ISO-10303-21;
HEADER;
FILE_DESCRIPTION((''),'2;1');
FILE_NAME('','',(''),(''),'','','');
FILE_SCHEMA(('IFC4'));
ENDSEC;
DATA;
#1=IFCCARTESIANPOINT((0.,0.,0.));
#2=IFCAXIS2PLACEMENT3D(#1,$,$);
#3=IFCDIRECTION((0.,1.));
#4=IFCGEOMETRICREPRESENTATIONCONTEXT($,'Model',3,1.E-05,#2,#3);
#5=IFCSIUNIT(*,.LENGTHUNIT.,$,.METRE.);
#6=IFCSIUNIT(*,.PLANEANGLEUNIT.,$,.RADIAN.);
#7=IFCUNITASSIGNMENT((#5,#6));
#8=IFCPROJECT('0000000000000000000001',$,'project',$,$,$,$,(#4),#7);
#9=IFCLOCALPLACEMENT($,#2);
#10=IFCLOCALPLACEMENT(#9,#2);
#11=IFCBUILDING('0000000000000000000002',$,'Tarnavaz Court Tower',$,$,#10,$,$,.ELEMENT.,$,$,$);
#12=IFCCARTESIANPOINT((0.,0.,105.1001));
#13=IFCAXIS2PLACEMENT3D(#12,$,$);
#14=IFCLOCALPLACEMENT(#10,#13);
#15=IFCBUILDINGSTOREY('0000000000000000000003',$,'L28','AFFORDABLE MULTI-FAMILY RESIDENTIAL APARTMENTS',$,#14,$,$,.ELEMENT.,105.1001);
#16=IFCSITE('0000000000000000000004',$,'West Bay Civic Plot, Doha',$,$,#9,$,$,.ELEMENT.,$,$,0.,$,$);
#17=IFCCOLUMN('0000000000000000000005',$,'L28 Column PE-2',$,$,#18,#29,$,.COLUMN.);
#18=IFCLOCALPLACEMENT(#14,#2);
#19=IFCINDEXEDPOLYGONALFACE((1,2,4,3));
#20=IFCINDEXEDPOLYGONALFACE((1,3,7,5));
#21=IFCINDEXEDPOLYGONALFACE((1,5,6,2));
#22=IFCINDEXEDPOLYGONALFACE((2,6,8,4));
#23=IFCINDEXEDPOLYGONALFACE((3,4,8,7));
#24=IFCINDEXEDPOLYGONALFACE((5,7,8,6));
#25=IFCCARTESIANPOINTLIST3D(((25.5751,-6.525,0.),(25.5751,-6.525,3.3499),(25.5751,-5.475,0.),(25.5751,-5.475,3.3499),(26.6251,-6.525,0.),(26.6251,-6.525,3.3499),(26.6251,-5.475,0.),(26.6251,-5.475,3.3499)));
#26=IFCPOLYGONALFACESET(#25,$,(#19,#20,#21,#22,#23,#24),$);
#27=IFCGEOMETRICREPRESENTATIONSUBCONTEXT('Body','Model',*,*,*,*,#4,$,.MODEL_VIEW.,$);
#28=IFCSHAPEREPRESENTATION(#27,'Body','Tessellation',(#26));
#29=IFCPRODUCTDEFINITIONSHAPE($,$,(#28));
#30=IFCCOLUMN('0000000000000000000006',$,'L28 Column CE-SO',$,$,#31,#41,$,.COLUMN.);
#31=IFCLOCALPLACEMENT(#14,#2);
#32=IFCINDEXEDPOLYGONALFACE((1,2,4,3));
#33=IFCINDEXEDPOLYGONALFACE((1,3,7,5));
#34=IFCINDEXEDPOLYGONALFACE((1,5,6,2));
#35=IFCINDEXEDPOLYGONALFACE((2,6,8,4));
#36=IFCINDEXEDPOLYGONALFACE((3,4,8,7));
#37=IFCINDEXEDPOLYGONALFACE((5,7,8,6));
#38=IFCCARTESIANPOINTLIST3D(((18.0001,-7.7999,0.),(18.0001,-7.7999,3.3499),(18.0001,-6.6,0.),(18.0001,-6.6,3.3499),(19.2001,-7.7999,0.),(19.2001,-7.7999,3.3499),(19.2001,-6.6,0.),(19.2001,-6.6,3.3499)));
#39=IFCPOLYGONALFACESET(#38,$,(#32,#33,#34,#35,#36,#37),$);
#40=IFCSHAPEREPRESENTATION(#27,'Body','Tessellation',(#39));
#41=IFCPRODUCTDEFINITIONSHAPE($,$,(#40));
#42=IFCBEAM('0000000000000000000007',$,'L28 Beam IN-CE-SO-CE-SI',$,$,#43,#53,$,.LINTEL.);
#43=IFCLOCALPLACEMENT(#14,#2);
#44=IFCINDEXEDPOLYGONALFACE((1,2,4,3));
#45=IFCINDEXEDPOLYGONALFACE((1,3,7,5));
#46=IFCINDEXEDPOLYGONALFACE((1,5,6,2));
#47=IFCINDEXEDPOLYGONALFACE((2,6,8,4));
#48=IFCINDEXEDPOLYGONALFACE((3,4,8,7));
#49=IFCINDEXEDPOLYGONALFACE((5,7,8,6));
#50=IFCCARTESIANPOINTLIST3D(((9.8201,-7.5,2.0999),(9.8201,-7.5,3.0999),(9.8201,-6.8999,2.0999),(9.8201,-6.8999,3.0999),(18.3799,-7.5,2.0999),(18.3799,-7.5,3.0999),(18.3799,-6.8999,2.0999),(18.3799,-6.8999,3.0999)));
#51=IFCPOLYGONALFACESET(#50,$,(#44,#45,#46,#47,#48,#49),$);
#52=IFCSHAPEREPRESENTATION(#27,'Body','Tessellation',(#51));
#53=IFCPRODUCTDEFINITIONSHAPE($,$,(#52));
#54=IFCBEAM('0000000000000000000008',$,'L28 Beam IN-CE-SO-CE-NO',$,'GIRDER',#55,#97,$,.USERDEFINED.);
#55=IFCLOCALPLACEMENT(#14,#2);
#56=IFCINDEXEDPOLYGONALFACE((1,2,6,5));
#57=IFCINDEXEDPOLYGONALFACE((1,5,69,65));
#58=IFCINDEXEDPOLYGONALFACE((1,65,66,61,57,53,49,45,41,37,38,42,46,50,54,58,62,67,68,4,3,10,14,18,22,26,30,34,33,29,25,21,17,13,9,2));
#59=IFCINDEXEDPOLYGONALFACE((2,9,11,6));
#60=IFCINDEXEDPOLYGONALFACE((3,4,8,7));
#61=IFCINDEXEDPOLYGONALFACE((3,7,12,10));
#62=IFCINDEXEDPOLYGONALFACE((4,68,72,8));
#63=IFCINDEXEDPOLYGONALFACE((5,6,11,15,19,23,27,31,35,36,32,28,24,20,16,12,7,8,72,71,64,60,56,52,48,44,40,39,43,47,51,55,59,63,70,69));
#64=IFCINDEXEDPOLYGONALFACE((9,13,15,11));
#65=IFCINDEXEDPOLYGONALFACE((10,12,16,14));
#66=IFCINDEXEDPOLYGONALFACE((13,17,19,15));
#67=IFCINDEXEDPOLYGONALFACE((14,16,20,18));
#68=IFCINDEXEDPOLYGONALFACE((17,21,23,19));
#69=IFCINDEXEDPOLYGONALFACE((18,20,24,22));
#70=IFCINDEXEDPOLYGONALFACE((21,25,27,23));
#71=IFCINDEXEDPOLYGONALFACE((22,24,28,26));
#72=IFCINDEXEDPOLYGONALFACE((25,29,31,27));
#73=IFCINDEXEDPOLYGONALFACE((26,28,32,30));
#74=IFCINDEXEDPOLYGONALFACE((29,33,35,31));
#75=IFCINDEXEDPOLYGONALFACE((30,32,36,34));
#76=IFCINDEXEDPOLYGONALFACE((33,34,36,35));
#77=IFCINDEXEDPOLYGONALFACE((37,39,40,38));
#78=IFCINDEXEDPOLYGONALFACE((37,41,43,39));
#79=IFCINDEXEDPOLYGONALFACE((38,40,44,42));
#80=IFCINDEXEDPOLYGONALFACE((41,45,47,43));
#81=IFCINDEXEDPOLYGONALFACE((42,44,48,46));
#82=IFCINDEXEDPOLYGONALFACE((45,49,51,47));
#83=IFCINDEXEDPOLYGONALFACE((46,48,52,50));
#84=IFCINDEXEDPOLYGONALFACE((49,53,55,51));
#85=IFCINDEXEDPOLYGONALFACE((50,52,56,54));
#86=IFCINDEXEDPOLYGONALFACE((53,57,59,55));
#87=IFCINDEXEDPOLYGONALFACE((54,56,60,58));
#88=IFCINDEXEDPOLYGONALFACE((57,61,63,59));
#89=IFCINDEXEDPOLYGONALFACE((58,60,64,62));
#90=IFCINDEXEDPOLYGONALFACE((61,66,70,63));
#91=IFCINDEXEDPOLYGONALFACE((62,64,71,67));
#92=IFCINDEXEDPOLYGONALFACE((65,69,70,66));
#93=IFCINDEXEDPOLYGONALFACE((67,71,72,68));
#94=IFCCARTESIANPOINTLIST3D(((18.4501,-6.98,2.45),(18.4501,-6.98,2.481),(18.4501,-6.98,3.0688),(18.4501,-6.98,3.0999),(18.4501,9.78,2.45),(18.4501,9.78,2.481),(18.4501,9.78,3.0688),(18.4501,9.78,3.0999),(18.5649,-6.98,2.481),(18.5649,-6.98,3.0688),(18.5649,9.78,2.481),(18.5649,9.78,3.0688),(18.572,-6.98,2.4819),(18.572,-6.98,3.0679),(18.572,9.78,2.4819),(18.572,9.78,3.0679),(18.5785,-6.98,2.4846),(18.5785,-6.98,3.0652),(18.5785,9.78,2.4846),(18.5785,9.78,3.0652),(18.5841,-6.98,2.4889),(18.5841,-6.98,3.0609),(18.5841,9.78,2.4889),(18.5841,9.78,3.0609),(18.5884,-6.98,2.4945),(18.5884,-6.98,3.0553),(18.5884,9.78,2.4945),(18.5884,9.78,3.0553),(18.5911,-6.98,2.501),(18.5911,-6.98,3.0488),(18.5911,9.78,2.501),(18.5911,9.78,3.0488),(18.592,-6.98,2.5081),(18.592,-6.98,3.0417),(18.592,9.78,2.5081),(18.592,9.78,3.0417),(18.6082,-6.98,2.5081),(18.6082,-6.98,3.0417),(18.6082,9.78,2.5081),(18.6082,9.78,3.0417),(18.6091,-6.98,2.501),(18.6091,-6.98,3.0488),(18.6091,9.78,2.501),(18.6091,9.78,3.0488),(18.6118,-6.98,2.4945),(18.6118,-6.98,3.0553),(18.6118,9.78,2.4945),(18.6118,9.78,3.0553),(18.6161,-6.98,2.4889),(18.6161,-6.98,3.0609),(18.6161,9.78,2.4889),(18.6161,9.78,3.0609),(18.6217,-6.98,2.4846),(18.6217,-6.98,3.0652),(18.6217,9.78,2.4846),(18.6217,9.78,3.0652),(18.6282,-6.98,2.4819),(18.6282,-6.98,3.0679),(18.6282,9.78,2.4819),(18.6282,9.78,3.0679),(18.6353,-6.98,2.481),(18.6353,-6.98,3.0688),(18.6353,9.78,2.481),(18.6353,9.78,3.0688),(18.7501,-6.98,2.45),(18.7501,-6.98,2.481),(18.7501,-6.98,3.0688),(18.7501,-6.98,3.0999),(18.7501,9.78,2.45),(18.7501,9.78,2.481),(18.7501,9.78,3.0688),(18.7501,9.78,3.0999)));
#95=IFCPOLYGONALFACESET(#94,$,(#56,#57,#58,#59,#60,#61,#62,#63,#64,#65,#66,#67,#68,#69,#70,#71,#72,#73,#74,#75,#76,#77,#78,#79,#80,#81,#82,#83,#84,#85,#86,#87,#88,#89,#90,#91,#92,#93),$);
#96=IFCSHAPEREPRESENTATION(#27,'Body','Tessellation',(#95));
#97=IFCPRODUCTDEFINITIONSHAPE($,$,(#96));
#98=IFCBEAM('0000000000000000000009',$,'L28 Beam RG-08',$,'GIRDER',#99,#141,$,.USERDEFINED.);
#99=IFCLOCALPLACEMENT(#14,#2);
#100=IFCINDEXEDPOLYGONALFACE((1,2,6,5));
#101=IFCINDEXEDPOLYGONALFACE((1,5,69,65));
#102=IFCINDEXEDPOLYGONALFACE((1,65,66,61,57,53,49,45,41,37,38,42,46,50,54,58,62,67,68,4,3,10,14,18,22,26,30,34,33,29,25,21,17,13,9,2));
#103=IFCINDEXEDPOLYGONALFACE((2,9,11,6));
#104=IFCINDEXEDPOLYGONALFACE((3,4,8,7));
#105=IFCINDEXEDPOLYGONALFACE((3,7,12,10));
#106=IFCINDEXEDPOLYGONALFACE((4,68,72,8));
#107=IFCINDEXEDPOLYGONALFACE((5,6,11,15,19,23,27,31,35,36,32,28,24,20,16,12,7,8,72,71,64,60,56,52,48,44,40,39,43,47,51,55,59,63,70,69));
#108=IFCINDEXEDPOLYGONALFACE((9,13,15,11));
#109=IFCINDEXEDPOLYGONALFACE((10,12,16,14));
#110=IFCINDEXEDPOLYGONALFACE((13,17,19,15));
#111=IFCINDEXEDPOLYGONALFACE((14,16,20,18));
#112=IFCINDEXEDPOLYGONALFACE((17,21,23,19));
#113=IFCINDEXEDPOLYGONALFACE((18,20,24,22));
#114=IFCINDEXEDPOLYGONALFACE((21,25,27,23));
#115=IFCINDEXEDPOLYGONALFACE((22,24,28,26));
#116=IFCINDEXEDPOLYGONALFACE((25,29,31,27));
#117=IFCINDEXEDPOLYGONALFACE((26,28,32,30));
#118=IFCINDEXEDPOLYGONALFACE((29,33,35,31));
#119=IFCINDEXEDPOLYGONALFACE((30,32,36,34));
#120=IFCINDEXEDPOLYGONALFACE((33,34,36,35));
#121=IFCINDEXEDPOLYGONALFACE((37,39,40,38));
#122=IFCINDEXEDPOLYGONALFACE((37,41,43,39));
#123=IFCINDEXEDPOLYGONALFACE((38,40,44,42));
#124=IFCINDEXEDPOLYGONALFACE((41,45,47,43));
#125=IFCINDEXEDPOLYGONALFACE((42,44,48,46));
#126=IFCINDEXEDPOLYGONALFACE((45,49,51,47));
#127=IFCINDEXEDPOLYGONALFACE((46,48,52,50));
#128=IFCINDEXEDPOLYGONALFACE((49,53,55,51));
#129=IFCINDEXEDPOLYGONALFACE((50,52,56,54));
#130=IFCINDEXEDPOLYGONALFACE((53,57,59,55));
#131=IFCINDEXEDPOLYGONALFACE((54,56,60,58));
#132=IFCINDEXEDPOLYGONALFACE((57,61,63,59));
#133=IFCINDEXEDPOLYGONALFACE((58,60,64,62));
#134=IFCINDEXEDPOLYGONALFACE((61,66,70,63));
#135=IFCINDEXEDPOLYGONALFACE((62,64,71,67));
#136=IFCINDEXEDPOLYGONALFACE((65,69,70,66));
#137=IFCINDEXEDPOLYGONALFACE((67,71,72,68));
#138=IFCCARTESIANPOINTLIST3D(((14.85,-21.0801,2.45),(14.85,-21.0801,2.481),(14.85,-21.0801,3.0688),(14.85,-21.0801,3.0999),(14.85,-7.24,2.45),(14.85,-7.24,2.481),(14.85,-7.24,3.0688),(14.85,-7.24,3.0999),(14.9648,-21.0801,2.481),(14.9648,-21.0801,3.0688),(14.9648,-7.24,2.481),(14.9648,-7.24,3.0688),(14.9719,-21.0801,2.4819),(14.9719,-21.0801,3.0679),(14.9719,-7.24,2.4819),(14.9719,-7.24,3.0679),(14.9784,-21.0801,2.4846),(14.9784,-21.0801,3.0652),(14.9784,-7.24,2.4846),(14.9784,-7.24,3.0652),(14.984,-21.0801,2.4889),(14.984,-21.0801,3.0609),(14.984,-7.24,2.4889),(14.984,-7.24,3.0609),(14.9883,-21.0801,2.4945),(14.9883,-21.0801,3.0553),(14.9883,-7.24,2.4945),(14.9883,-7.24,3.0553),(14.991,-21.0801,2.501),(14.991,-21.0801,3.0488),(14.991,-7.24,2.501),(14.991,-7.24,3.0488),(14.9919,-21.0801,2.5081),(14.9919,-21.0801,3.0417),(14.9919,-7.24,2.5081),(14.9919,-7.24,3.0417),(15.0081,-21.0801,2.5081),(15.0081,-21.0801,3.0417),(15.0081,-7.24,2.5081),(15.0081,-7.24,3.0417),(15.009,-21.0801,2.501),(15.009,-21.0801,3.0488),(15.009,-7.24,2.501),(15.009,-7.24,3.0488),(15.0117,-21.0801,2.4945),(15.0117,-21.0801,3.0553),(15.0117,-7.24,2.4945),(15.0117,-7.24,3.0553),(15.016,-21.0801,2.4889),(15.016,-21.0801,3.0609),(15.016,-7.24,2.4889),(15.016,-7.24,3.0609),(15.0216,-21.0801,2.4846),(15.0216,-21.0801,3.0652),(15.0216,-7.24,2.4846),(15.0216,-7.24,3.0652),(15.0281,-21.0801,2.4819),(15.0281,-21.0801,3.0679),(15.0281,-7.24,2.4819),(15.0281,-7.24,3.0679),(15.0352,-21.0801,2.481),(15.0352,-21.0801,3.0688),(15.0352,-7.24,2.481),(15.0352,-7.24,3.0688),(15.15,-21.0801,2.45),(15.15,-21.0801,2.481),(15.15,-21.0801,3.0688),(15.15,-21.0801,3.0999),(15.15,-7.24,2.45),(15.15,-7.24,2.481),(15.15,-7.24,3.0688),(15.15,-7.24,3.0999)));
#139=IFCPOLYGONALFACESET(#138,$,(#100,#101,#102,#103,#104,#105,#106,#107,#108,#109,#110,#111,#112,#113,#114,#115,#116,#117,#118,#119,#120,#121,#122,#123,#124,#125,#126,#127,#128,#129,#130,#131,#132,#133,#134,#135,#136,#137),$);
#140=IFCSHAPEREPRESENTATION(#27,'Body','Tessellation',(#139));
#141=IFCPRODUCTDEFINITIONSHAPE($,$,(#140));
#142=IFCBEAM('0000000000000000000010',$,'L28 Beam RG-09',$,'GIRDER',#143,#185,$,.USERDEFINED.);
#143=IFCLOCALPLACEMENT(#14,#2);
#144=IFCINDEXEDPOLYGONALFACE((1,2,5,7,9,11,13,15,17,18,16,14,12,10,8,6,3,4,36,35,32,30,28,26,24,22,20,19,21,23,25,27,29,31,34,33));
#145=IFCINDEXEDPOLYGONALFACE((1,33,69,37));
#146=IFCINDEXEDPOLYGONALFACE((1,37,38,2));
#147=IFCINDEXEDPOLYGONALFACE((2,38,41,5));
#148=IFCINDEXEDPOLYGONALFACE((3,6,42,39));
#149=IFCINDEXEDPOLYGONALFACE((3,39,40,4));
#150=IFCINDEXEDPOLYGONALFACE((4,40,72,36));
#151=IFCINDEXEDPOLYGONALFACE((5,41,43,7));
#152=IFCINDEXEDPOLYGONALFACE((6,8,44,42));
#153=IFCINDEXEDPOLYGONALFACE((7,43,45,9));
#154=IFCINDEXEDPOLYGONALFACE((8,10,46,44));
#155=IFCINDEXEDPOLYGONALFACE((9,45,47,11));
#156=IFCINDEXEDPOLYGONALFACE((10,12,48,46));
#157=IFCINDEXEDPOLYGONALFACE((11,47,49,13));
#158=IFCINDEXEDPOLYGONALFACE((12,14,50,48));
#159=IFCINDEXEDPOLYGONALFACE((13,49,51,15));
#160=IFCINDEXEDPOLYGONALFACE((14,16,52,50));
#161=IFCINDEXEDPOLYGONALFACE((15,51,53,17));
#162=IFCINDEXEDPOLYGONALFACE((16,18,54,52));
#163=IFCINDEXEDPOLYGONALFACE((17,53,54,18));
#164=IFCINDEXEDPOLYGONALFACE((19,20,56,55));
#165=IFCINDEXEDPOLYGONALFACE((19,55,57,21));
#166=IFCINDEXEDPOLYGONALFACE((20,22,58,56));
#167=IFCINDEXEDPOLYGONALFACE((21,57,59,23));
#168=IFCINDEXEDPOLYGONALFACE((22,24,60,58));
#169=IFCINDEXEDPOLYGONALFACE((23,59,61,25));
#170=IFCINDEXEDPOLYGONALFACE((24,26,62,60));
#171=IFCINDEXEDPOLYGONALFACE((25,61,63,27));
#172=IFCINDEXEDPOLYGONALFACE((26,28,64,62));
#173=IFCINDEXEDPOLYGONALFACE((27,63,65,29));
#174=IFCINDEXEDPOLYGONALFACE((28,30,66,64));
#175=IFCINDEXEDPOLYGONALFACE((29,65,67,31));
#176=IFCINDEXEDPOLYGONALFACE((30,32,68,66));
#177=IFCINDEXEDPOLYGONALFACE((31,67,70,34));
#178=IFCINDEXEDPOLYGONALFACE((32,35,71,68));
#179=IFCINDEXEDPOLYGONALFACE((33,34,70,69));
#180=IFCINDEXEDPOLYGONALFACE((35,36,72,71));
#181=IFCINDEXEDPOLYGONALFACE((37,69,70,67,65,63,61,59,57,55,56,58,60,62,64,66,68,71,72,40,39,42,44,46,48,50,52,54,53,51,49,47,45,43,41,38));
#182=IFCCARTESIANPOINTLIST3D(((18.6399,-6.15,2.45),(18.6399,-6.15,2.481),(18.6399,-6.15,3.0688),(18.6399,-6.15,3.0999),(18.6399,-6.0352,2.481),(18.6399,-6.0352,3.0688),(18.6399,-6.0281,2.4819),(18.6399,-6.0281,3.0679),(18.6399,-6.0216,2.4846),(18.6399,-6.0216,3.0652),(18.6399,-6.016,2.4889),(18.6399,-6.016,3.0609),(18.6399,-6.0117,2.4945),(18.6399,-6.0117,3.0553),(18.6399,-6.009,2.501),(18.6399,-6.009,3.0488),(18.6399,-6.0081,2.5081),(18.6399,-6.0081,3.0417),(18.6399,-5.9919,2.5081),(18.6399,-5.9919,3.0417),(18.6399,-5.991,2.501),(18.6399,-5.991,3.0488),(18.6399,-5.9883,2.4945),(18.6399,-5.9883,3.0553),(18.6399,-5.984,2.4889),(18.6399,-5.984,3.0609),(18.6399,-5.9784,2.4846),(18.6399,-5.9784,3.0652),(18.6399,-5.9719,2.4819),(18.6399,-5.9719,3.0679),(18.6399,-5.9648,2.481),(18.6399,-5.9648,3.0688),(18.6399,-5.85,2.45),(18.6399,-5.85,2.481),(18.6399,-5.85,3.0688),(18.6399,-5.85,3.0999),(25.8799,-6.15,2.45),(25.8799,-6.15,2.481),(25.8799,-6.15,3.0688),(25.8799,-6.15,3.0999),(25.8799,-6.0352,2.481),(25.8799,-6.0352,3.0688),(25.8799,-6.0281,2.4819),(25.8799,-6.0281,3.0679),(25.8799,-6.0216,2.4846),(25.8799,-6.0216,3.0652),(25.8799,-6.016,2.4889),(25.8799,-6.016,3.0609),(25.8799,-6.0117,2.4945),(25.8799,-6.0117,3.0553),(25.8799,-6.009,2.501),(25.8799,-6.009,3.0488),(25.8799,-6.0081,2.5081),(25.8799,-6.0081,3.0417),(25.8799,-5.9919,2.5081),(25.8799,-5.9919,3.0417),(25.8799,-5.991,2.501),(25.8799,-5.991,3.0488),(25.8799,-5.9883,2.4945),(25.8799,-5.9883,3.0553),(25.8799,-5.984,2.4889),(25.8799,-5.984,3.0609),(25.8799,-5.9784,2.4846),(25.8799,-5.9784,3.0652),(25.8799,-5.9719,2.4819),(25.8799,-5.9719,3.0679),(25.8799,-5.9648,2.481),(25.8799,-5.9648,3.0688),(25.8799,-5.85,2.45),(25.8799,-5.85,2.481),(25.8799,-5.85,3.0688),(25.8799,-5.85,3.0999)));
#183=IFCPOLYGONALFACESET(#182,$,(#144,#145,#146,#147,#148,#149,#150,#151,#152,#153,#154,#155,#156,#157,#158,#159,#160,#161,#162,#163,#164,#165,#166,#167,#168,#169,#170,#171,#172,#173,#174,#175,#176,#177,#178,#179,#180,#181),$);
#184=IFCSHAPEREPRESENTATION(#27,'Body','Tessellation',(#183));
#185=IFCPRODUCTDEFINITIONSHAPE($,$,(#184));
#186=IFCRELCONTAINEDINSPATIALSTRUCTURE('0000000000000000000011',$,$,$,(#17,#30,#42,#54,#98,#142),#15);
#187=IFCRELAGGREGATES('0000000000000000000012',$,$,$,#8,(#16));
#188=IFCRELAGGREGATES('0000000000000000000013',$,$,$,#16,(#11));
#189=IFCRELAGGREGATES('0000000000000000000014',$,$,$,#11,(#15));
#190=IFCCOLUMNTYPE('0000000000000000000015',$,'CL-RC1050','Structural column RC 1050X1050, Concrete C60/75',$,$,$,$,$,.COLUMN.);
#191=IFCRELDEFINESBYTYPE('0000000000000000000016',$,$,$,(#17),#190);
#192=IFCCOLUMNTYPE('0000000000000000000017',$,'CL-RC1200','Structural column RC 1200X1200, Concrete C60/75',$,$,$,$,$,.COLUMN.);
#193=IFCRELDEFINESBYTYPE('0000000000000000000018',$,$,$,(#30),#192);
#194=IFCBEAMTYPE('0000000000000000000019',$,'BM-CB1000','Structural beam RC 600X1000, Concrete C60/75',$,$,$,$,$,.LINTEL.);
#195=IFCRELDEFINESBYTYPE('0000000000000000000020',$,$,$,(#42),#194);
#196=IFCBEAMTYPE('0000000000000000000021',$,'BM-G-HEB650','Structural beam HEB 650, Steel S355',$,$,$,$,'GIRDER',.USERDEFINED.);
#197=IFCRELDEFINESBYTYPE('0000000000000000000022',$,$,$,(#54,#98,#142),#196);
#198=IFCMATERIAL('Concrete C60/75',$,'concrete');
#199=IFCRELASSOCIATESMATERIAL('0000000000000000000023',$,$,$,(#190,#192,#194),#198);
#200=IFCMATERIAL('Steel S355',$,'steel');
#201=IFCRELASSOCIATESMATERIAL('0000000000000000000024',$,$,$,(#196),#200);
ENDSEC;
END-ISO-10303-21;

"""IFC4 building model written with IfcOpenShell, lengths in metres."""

from ifc_helpers import new_model, si_unit, direction, frame, origin, origin_2d, place, context, subcontext, project, spatial, rectangle, i_section, extrude, material, material_profile, profile_set, type_object, element, save


model = new_model("IFC4")

# Units and contexts
model_context = context("Model", 3, precision=1e-05, world=origin(), true_north=direction((0.0, 1.0)))
body_context = subcontext(model_context, "Body", "Model", "MODEL_VIEW")
ifc_project = project(units=[si_unit("LENGTHUNIT", "METRE"), si_unit("PLANEANGLEUNIT", "RADIAN")], contexts=[model_context])

# Site, building, storey
site_placement = place(None, origin())
site = spatial("IfcSite", under=ifc_project, at=site_placement, Name="West Bay Civic Plot, Doha", CompositionType="ELEMENT", RefElevation=0.0)
building_placement = place(site_placement, origin())
building = spatial("IfcBuilding", under=site, at=building_placement, Name="Tarnavaz Court Tower", CompositionType="ELEMENT")
storey_placement = place(building_placement, frame((0.0, 0.0, 105.1001)))
storey = spatial("IfcBuildingStorey", under=building, at=storey_placement, Name="L28", Description="AFFORDABLE MULTI-FAMILY RESIDENTIAL APARTMENTS", CompositionType="ELEMENT", Elevation=105.1001)

# Columns
ifc_material_1 = material(Name="Concrete C60/75", Category="concrete")
ifc_material_profile_1 = material_profile(ifc_material_1, rectangle(XDim=1.05, YDim=1.05, at=origin_2d()), Name="RC 1050X1050")
ifc_profile_set_1 = profile_set([ifc_material_profile_1], Name="Concrete C60/75")
column_type_1 = type_object("IfcColumnType", Name="CL-RC1050", Description="Structural column RC 1050X1050, Concrete C60/75", PredefinedType="COLUMN", material=ifc_profile_set_1)
column_1_placement = place(storey_placement, frame((26.1001, -6.0, 0.0), z_axis=(0.0, 0.0, 1.0), x_axis=(1.0, 0.0, 0.0)))
element("IfcColumn", 1, at=column_1_placement, inside=storey, type_object=column_type_1, Name="L28 Column PE-2", PredefinedType="COLUMN", context=body_context, shape_type="SweptSolid", body=[
    extrude(rectangle(XDim=1.05, YDim=1.05, at=origin_2d()), origin(), (0.0, 0.0, 1.0), 3.3499),
])
ifc_material_profile_2 = material_profile(ifc_material_1, rectangle(XDim=1.2, YDim=1.2, at=origin_2d()), Name="RC 1200X1200")
ifc_profile_set_2 = profile_set([ifc_material_profile_2], Name="Concrete C60/75")
column_type_2 = type_object("IfcColumnType", Name="CL-RC1200", Description="Structural column RC 1200X1200, Concrete C60/75", PredefinedType="COLUMN", material=ifc_profile_set_2)
column_2_placement = place(storey_placement, frame((18.6001, -7.2, 0.0), z_axis=(0.0, 0.0, 1.0), x_axis=(1.0, 0.0, 0.0)))
element("IfcColumn", 2, at=column_2_placement, inside=storey, type_object=column_type_2, Name="L28 Column CE-SO", PredefinedType="COLUMN", context=body_context, shape_type="SweptSolid", body=[
    extrude(rectangle(XDim=1.2, YDim=1.2, at=origin_2d()), origin(), (0.0, 0.0, 1.0), 3.3499),
])

# Beams
ifc_material_profile_3 = material_profile(ifc_material_1, rectangle(XDim=0.6001, YDim=1.0, at=origin_2d()), Name="RC 600X1000")
ifc_profile_set_3 = profile_set([ifc_material_profile_3], Name="Concrete C60/75")
beam_type_1 = type_object("IfcBeamType", Name="BM-CB1000", Description="Structural beam RC 600X1000, Concrete C60/75", PredefinedType="LINTEL", material=ifc_profile_set_3)
beam_1_placement = place(storey_placement, frame((18.3799, -7.2, 2.5999), z_axis=(-1.0, 0.0, 0.0), x_axis=(0.0, -1.0, 0.0)))
element("IfcBeam", 3, at=beam_1_placement, inside=storey, type_object=beam_type_1, Name="L28 Beam IN-CE-SO-CE-SI", PredefinedType="LINTEL", context=body_context, shape_type="SweptSolid", body=[
    extrude(rectangle(XDim=0.6001, YDim=1.0, at=origin_2d()), origin(), (0.0, 0.0, 1.0), 8.5598),
])
ifc_material_2 = material(Name="Steel S355", Category="steel")
ifc_material_profile_4 = material_profile(ifc_material_2, i_section(OverallWidth=0.3, OverallDepth=0.6499, WebThickness=0.0161, FlangeThickness=0.031, FilletRadius=0.0271, at=origin_2d()), Name="HEB 650")
ifc_profile_set_4 = profile_set([ifc_material_profile_4], Name="Steel S355")
beam_type_2 = type_object("IfcBeamType", Name="BM-G-HEB650", Description="Structural beam HEB 650, Steel S355", ElementType="GIRDER", PredefinedType="USERDEFINED", material=ifc_profile_set_4)
beam_2_placement = place(storey_placement, frame((18.6001, -6.98, 2.7749), z_axis=(0.0, 1.0, 0.0), x_axis=(-1.0, 0.0, 0.0)))
element("IfcBeam", 4, at=beam_2_placement, inside=storey, type_object=beam_type_2, Name="L28 Beam IN-CE-SO-CE-NO", ObjectType="GIRDER", PredefinedType="USERDEFINED", context=body_context, shape_type="SweptSolid", body=[
    extrude(i_section(OverallWidth=0.3, OverallDepth=0.6499, WebThickness=0.0161, FlangeThickness=0.031, FilletRadius=0.0271, at=origin_2d()), origin(), (0.0, 0.0, 1.0), 16.76),
])
beam_3_placement = place(storey_placement, frame((15.0, -7.24, 2.7749), z_axis=(0.0, -1.0, 0.0), x_axis=(1.0, 0.0, 0.0)))
element("IfcBeam", 5, at=beam_3_placement, inside=storey, type_object=beam_type_2, Name="L28 Beam RG-08", ObjectType="GIRDER", PredefinedType="USERDEFINED", context=body_context, shape_type="SweptSolid", body=[
    extrude(i_section(OverallWidth=0.3, OverallDepth=0.6499, WebThickness=0.0161, FlangeThickness=0.031, FilletRadius=0.0271, at=origin_2d()), origin(), (0.0, 0.0, 1.0), 13.8401),
])
beam_4_placement = place(storey_placement, frame((18.6399, -6.0, 2.7749), z_axis=(1.0, 0.0, 0.0), x_axis=(0.0, 1.0, 0.0)))
element("IfcBeam", 6, at=beam_4_placement, inside=storey, type_object=beam_type_2, Name="L28 Beam RG-09", ObjectType="GIRDER", PredefinedType="USERDEFINED", context=body_context, shape_type="SweptSolid", body=[
    extrude(i_section(OverallWidth=0.3, OverallDepth=0.6499, WebThickness=0.0161, FlangeThickness=0.031, FilletRadius=0.0271, at=origin_2d()), origin(), (0.0, 0.0, 1.0), 7.24),
])

save(model, "model.ifc")
